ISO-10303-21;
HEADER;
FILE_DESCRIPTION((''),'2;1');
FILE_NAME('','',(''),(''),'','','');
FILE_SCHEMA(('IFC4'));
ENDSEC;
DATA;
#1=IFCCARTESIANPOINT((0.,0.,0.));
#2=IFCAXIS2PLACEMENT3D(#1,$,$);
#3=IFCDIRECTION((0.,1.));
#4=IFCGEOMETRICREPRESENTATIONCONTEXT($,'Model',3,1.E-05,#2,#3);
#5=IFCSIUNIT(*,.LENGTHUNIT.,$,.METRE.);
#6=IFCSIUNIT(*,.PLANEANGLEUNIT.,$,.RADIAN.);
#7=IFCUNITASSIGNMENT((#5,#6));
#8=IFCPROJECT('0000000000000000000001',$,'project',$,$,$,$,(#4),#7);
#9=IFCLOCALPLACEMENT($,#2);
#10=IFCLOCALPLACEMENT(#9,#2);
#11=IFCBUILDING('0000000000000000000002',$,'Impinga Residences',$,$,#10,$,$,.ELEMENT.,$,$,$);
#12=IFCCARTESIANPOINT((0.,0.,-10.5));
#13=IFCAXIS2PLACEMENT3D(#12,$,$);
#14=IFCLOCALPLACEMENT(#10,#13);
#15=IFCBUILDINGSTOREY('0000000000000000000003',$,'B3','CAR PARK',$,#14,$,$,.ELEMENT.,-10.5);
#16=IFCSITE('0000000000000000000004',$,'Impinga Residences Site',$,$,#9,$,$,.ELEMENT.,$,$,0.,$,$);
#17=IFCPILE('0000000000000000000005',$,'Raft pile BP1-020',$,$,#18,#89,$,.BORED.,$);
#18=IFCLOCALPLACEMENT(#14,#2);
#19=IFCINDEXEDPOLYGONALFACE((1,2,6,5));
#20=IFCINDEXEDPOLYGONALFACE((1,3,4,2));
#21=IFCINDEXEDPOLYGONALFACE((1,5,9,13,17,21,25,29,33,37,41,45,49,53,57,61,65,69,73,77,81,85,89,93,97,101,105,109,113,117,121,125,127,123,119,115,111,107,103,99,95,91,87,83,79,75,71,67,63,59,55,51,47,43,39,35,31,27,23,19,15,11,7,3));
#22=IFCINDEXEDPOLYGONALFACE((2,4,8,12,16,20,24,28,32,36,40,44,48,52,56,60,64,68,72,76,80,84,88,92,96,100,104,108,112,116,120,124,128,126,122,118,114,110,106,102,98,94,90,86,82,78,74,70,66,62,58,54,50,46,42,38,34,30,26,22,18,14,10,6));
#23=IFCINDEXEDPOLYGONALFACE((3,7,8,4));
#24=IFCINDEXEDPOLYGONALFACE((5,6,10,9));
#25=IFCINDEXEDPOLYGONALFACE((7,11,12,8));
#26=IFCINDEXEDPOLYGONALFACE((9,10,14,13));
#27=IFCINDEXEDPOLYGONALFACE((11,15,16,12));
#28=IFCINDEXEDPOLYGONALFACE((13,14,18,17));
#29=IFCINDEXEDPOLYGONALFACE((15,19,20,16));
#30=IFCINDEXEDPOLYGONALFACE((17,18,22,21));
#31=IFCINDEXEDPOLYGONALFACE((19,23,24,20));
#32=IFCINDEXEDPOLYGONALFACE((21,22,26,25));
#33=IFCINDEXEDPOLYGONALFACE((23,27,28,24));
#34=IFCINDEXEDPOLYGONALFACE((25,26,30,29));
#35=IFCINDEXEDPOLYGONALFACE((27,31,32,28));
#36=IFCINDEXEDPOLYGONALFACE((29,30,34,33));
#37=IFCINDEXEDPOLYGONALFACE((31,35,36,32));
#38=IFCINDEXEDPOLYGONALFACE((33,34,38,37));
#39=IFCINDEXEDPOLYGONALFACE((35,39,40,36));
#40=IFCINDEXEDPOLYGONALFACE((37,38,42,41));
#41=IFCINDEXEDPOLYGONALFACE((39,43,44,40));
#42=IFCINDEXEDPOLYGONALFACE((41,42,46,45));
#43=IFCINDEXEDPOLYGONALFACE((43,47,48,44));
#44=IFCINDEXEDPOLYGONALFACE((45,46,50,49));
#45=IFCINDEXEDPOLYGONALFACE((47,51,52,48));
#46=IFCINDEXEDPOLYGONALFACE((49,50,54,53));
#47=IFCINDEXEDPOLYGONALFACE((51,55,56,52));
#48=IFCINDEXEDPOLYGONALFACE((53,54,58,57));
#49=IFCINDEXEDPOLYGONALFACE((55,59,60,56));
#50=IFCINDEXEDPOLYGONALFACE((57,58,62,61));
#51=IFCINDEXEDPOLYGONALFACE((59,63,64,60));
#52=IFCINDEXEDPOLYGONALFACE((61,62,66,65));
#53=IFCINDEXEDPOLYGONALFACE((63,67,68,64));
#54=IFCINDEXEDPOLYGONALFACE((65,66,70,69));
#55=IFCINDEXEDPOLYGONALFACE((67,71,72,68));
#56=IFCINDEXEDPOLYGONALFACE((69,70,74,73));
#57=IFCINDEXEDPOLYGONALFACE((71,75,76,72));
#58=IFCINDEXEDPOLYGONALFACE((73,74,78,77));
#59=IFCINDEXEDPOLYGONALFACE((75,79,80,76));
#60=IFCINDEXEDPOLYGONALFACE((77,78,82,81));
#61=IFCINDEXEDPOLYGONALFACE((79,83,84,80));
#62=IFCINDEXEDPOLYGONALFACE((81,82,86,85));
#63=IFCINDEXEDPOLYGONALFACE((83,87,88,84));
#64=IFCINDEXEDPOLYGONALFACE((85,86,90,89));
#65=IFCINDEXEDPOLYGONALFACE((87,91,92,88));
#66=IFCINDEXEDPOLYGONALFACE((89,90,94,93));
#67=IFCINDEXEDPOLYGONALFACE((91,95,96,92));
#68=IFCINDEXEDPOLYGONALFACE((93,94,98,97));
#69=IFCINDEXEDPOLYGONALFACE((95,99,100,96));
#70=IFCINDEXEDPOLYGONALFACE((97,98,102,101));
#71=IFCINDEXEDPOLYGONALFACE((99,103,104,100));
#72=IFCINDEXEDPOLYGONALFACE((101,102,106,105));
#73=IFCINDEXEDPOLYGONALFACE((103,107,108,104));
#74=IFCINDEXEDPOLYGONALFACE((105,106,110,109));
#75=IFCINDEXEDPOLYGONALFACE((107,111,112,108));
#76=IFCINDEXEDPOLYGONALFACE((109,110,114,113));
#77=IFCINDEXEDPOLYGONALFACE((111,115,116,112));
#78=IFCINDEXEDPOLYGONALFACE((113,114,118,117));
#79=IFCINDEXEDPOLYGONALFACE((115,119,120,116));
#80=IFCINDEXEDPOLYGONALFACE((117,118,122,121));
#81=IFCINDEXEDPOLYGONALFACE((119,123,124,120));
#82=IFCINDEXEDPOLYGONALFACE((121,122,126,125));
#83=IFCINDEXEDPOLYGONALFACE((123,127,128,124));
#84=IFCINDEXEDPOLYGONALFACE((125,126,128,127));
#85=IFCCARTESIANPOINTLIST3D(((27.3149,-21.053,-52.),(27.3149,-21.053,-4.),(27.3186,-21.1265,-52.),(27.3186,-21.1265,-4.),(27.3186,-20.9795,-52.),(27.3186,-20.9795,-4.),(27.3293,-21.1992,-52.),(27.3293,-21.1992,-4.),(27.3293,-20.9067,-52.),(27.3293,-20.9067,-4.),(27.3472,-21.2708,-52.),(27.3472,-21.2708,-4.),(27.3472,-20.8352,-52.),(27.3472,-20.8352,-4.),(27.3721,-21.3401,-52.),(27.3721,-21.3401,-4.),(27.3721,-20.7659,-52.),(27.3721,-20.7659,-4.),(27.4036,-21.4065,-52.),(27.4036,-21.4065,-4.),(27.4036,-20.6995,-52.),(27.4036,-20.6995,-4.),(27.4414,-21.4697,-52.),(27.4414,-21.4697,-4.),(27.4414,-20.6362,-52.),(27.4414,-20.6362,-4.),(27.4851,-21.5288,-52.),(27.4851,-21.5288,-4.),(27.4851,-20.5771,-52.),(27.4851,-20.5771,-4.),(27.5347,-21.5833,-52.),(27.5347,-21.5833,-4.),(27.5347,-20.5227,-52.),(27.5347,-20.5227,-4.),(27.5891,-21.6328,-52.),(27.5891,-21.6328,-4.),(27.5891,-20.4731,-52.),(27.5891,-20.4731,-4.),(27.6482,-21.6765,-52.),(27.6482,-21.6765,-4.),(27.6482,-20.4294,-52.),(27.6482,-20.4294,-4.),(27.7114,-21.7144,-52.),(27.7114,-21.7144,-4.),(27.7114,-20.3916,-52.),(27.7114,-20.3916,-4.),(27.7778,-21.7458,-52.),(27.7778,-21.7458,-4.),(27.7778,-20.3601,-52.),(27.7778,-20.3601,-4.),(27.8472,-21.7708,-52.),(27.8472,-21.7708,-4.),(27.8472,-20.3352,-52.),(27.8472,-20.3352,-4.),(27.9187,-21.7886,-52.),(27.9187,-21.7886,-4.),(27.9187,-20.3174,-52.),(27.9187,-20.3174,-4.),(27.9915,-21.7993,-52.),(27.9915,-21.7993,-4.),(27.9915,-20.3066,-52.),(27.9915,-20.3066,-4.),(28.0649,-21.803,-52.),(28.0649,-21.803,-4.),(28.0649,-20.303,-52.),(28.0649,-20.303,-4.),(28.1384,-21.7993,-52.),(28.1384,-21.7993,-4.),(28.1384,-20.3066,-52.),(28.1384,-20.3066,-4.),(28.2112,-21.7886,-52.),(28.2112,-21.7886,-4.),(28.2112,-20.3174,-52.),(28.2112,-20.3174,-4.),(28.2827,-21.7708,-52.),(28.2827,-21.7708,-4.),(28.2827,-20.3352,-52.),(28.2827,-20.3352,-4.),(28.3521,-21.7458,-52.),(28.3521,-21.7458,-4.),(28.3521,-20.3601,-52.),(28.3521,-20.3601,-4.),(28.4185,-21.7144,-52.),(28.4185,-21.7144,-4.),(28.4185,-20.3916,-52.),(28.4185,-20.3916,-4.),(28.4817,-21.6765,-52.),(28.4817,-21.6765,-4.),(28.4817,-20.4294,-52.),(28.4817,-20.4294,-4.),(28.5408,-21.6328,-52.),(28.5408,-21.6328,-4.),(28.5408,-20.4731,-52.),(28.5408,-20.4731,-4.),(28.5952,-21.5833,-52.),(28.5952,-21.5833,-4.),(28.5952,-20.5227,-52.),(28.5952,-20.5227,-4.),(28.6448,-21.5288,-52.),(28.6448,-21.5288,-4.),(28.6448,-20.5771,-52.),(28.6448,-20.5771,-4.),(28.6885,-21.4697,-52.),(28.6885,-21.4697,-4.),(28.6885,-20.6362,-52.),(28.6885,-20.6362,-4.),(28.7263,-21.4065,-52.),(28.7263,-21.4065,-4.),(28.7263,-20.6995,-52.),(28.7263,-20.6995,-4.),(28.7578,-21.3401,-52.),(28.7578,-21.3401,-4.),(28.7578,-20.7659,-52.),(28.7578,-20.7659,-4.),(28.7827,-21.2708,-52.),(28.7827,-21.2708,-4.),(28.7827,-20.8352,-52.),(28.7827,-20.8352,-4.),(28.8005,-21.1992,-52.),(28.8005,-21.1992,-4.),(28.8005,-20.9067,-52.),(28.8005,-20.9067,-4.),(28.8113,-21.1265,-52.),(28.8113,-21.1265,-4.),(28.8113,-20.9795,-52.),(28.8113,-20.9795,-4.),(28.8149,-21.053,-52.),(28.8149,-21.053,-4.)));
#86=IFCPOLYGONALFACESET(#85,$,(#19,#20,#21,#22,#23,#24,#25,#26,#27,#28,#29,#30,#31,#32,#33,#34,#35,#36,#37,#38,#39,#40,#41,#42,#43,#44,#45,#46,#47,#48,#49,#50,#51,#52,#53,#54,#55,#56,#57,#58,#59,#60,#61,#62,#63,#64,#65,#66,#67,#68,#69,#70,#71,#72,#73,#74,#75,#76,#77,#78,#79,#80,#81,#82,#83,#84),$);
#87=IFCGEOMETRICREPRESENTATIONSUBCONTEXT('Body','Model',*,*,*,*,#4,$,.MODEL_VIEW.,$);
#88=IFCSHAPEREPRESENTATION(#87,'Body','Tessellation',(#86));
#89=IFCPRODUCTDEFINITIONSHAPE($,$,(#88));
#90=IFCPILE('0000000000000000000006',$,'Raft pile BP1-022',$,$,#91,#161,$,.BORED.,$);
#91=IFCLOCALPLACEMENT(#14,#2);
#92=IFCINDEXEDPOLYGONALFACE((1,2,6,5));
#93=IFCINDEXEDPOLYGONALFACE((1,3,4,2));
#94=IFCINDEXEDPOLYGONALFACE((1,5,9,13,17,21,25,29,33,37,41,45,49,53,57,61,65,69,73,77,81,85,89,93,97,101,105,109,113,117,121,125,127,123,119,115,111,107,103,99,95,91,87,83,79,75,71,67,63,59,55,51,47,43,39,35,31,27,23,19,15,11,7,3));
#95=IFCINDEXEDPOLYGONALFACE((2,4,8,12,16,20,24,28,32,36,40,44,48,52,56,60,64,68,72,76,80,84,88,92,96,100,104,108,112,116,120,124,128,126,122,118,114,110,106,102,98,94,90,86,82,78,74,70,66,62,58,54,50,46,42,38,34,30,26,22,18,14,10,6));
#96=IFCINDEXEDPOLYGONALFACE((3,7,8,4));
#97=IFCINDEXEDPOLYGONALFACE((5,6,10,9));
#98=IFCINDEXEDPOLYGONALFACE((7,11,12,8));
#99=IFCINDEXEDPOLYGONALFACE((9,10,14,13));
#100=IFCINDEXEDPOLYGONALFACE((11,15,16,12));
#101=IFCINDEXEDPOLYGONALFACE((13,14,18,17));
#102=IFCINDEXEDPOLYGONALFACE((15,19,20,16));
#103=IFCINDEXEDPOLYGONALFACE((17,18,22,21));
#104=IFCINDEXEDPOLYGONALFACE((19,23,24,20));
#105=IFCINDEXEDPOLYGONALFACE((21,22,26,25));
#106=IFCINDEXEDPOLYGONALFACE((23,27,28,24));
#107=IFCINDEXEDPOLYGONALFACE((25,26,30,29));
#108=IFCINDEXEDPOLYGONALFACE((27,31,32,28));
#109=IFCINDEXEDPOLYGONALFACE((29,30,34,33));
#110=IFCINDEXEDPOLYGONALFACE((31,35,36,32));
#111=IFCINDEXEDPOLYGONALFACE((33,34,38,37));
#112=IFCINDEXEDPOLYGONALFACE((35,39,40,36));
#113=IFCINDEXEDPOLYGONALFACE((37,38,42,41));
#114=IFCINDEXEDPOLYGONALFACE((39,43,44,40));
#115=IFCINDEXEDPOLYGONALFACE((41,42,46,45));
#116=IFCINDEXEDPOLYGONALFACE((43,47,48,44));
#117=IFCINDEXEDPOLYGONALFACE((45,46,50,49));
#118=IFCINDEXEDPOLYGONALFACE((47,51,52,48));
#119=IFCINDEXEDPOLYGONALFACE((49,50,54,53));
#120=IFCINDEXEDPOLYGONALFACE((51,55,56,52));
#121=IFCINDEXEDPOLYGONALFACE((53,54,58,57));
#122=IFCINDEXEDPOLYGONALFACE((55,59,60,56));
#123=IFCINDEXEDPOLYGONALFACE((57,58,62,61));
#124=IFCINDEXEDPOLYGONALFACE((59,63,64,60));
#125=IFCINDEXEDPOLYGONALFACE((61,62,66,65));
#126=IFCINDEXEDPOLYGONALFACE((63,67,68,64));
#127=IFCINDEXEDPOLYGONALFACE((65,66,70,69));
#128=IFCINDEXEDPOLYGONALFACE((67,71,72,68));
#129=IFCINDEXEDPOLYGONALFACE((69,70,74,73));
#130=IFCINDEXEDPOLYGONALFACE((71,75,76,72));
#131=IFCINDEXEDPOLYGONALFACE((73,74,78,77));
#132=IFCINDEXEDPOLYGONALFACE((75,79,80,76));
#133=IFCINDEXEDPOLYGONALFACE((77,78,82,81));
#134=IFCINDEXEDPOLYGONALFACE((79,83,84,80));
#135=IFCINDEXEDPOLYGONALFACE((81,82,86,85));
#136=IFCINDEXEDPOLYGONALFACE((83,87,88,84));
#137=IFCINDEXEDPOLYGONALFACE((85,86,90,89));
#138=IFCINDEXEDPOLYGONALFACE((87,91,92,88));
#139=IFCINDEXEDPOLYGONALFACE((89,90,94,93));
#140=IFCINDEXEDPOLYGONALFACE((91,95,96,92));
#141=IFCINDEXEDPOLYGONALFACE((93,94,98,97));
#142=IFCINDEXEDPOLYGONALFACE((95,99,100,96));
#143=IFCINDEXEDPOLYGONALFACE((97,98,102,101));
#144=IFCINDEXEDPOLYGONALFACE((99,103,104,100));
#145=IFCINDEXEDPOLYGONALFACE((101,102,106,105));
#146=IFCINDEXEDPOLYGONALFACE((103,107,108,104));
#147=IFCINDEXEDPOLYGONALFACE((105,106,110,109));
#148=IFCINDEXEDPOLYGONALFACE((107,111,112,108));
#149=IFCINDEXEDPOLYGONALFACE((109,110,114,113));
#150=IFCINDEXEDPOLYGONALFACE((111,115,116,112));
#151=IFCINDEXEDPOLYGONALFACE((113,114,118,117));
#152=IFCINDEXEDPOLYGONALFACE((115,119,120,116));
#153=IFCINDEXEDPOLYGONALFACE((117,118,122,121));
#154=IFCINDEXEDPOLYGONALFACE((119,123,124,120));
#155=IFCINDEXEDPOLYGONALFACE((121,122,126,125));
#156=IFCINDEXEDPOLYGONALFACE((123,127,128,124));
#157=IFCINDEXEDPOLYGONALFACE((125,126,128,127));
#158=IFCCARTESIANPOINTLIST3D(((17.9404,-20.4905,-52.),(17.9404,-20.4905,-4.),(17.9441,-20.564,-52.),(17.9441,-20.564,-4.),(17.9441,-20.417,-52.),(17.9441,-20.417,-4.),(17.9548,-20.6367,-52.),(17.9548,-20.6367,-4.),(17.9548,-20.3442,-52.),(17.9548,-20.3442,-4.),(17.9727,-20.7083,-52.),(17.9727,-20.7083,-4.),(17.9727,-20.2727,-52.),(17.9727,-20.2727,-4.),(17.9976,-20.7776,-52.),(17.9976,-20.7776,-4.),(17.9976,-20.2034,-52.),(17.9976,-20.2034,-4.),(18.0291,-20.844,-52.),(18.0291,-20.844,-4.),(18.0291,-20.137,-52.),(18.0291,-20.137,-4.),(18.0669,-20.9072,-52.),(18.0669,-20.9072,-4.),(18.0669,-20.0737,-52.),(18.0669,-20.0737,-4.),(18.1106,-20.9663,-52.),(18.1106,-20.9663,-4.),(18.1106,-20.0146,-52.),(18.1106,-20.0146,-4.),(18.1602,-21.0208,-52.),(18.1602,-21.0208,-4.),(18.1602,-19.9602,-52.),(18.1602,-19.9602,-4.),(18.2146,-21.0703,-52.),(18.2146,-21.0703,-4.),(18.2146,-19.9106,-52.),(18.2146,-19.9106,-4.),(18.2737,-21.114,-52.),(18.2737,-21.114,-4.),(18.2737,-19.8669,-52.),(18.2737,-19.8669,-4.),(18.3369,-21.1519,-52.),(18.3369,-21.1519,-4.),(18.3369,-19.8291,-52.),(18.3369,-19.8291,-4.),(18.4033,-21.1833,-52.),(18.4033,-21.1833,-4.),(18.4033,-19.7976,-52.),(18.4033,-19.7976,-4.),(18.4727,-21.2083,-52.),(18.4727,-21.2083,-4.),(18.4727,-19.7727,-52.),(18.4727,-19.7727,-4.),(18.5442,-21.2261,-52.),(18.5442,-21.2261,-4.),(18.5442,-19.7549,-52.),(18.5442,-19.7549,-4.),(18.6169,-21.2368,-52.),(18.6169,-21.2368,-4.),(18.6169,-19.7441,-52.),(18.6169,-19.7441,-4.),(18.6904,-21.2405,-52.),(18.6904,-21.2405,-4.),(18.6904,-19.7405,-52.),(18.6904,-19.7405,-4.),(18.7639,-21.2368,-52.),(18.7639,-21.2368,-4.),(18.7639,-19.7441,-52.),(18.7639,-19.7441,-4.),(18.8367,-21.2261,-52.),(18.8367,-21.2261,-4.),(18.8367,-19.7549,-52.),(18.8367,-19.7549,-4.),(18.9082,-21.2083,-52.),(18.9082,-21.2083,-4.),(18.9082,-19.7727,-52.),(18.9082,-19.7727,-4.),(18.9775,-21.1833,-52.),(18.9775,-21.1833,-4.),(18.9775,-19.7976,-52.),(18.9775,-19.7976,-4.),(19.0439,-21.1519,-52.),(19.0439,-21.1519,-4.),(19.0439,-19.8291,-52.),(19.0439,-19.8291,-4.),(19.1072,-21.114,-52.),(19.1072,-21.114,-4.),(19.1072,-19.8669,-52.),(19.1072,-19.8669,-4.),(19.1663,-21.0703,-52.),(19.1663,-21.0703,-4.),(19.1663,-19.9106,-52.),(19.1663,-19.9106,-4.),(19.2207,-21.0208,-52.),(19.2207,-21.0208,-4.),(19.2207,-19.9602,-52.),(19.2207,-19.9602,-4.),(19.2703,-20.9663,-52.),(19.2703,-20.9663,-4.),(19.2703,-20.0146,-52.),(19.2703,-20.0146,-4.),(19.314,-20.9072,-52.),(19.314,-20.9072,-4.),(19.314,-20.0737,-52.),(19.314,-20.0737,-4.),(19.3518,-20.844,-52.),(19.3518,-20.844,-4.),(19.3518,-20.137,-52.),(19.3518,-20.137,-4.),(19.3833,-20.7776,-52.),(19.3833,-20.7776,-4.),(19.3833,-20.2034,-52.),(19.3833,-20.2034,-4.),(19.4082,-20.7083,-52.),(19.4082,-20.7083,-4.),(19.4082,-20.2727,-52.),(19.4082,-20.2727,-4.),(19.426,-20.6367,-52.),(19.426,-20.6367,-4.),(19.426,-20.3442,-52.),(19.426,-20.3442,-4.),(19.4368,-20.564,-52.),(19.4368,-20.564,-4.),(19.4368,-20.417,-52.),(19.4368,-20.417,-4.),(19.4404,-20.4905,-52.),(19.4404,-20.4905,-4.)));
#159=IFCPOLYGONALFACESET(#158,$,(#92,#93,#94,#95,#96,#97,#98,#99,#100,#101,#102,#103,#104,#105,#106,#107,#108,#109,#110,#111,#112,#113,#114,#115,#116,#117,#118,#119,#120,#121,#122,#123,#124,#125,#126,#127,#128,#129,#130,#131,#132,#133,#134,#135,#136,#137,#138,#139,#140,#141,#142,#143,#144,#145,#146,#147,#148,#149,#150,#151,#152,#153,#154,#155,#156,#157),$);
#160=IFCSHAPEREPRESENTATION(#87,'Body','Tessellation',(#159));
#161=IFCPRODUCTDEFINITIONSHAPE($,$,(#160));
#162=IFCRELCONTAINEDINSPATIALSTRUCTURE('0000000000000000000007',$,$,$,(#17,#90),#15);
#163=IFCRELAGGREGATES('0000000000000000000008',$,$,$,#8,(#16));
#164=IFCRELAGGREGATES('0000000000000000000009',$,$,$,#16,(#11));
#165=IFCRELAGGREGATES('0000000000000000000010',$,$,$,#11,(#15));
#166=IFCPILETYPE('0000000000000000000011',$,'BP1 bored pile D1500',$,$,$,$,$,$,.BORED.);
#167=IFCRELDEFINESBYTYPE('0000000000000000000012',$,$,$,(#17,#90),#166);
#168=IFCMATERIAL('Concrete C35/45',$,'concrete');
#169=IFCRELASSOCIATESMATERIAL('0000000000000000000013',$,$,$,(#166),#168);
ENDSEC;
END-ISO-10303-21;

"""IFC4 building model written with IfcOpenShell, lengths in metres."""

from ifc_helpers import new_model, si_unit, direction, frame, origin, origin_2d, place, context, subcontext, project, spatial, polyline, circle, outline, extrude, material, material_profile, profile_set, type_object, element, save


model = new_model("IFC4")

# Units and contexts
model_context = context("Model", 3, precision=1e-05, world=origin(), true_north=direction((0.0, 1.0)))
body_context = subcontext(model_context, "Body", "Model", "MODEL_VIEW")
ifc_project = project(units=[si_unit("LENGTHUNIT", "METRE"), si_unit("PLANEANGLEUNIT", "RADIAN")], contexts=[model_context])

# Site, building, storey
site_placement = place(None, origin())
site = spatial("IfcSite", under=ifc_project, at=site_placement, Name="Impinga Residences Site", CompositionType="ELEMENT", RefElevation=0.0)
building_placement = place(site_placement, origin())
building = spatial("IfcBuilding", under=site, at=building_placement, Name="Impinga Residences", CompositionType="ELEMENT")
storey_placement = place(building_placement, frame((0.0, 0.0, -10.5)))
storey = spatial("IfcBuildingStorey", under=building, at=storey_placement, Name="B3", Description="CAR PARK", CompositionType="ELEMENT", Elevation=-10.5)

# Piles
ifc_material_1 = material(Name="Concrete C35/45", Category="concrete")
ifc_material_profile_1 = material_profile(ifc_material_1, circle(Radius=0.75, at=origin_2d()), Name="D1500")
ifc_profile_set_1 = profile_set([ifc_material_profile_1], Name="Concrete C35/45")
pile_type = type_object("IfcPileType", Name="BP1 bored pile D1500", PredefinedType="BORED", material=ifc_profile_set_1)
pile_1_placement = place(storey_placement, frame((28.0649, -21.053, -4.0), z_axis=(0.0, 0.0, -1.0), x_axis=(1.0, 0.0, 0.0)))
element("IfcPile", 1, at=pile_1_placement, inside=storey, type_object=pile_type, Name="Raft pile BP1-020", PredefinedType="BORED", context=body_context, shape_type="SweptSolid", body=[
    extrude(outline(polyline([(0.75, 0.0), (0.7463, 0.0735), (0.7356, 0.1462), (0.7178, 0.2178), (0.6929, 0.2871), (0.6614, 0.3535), (0.6235, 0.4167), (0.5798, 0.4758), (0.5303, 0.5303), (0.4758, 0.5798), (0.4167, 0.6235), (0.3535, 0.6614), (0.2871, 0.6929), (0.2178, 0.7178), (0.1462, 0.7356), (0.0735, 0.7463), (0.0, 0.75), (-0.0735, 0.7463), (-0.1462, 0.7356), (-0.2178, 0.7178), (-0.2871, 0.6929), (-0.3535, 0.6614), (-0.4167, 0.6235), (-0.4758, 0.5798), (-0.5303, 0.5303), (-0.5798, 0.4758), (-0.6235, 0.4167), (-0.6614, 0.3535), (-0.6929, 0.2871), (-0.7178, 0.2178), (-0.7356, 0.1462), (-0.7463, 0.0735), (-0.75, 0.0), (-0.7463, -0.0735), (-0.7356, -0.1462), (-0.7178, -0.2178), (-0.6929, -0.2871), (-0.6614, -0.3535), (-0.6235, -0.4167), (-0.5798, -0.4758), (-0.5303, -0.5303), (-0.4758, -0.5798), (-0.4167, -0.6235), (-0.3535, -0.6614), (-0.2871, -0.6929), (-0.2178, -0.7178), (-0.1462, -0.7356), (-0.0735, -0.7463), (0.0, -0.75), (0.0735, -0.7463), (0.1462, -0.7356), (0.2178, -0.7178), (0.2871, -0.6929), (0.3535, -0.6614), (0.4167, -0.6235), (0.4758, -0.5798), (0.5303, -0.5303), (0.5798, -0.4758), (0.6235, -0.4167), (0.6614, -0.3535), (0.6929, -0.2871), (0.7178, -0.2178), (0.7356, -0.1462), (0.7463, -0.0735), (0.75, 0.0)])), origin(), (0.0, 0.0, 1.0), 48.0),
])
pile_2_placement = place(storey_placement, frame((18.6904, -20.4905, -4.0), z_axis=(0.0, 0.0, -1.0), x_axis=(1.0, 0.0, 0.0)))
element("IfcPile", 2, at=pile_2_placement, inside=storey, type_object=pile_type, Name="Raft pile BP1-022", PredefinedType="BORED", context=body_context, shape_type="SweptSolid", body=[
    extrude(outline(polyline([(0.75, 0.0), (0.7463, 0.0735), (0.7356, 0.1462), (0.7178, 0.2178), (0.6929, 0.2871), (0.6614, 0.3535), (0.6235, 0.4167), (0.5798, 0.4758), (0.5303, 0.5303), (0.4758, 0.5798), (0.4167, 0.6235), (0.3535, 0.6614), (0.2871, 0.6929), (0.2178, 0.7178), (0.1462, 0.7356), (0.0735, 0.7463), (0.0, 0.75), (-0.0735, 0.7463), (-0.1462, 0.7356), (-0.2178, 0.7178), (-0.2871, 0.6929), (-0.3535, 0.6614), (-0.4167, 0.6235), (-0.4758, 0.5798), (-0.5303, 0.5303), (-0.5798, 0.4758), (-0.6235, 0.4167), (-0.6614, 0.3535), (-0.6929, 0.2871), (-0.7178, 0.2178), (-0.7356, 0.1462), (-0.7463, 0.0735), (-0.75, 0.0), (-0.7463, -0.0735), (-0.7356, -0.1462), (-0.7178, -0.2178), (-0.6929, -0.2871), (-0.6614, -0.3535), (-0.6235, -0.4167), (-0.5798, -0.4758), (-0.5303, -0.5303), (-0.4758, -0.5798), (-0.4167, -0.6235), (-0.3535, -0.6614), (-0.2871, -0.6929), (-0.2178, -0.7178), (-0.1462, -0.7356), (-0.0735, -0.7463), (0.0, -0.75), (0.0735, -0.7463), (0.1462, -0.7356), (0.2178, -0.7178), (0.2871, -0.6929), (0.3535, -0.6614), (0.4167, -0.6235), (0.4758, -0.5798), (0.5303, -0.5303), (0.5798, -0.4758), (0.6235, -0.4167), (0.6614, -0.3535), (0.6929, -0.2871), (0.7178, -0.2178), (0.7356, -0.1462), (0.7463, -0.0735), (0.75, 0.0)])), origin(), (0.0, 0.0, 1.0), 48.0),
])

save(model, "model.ifc")
